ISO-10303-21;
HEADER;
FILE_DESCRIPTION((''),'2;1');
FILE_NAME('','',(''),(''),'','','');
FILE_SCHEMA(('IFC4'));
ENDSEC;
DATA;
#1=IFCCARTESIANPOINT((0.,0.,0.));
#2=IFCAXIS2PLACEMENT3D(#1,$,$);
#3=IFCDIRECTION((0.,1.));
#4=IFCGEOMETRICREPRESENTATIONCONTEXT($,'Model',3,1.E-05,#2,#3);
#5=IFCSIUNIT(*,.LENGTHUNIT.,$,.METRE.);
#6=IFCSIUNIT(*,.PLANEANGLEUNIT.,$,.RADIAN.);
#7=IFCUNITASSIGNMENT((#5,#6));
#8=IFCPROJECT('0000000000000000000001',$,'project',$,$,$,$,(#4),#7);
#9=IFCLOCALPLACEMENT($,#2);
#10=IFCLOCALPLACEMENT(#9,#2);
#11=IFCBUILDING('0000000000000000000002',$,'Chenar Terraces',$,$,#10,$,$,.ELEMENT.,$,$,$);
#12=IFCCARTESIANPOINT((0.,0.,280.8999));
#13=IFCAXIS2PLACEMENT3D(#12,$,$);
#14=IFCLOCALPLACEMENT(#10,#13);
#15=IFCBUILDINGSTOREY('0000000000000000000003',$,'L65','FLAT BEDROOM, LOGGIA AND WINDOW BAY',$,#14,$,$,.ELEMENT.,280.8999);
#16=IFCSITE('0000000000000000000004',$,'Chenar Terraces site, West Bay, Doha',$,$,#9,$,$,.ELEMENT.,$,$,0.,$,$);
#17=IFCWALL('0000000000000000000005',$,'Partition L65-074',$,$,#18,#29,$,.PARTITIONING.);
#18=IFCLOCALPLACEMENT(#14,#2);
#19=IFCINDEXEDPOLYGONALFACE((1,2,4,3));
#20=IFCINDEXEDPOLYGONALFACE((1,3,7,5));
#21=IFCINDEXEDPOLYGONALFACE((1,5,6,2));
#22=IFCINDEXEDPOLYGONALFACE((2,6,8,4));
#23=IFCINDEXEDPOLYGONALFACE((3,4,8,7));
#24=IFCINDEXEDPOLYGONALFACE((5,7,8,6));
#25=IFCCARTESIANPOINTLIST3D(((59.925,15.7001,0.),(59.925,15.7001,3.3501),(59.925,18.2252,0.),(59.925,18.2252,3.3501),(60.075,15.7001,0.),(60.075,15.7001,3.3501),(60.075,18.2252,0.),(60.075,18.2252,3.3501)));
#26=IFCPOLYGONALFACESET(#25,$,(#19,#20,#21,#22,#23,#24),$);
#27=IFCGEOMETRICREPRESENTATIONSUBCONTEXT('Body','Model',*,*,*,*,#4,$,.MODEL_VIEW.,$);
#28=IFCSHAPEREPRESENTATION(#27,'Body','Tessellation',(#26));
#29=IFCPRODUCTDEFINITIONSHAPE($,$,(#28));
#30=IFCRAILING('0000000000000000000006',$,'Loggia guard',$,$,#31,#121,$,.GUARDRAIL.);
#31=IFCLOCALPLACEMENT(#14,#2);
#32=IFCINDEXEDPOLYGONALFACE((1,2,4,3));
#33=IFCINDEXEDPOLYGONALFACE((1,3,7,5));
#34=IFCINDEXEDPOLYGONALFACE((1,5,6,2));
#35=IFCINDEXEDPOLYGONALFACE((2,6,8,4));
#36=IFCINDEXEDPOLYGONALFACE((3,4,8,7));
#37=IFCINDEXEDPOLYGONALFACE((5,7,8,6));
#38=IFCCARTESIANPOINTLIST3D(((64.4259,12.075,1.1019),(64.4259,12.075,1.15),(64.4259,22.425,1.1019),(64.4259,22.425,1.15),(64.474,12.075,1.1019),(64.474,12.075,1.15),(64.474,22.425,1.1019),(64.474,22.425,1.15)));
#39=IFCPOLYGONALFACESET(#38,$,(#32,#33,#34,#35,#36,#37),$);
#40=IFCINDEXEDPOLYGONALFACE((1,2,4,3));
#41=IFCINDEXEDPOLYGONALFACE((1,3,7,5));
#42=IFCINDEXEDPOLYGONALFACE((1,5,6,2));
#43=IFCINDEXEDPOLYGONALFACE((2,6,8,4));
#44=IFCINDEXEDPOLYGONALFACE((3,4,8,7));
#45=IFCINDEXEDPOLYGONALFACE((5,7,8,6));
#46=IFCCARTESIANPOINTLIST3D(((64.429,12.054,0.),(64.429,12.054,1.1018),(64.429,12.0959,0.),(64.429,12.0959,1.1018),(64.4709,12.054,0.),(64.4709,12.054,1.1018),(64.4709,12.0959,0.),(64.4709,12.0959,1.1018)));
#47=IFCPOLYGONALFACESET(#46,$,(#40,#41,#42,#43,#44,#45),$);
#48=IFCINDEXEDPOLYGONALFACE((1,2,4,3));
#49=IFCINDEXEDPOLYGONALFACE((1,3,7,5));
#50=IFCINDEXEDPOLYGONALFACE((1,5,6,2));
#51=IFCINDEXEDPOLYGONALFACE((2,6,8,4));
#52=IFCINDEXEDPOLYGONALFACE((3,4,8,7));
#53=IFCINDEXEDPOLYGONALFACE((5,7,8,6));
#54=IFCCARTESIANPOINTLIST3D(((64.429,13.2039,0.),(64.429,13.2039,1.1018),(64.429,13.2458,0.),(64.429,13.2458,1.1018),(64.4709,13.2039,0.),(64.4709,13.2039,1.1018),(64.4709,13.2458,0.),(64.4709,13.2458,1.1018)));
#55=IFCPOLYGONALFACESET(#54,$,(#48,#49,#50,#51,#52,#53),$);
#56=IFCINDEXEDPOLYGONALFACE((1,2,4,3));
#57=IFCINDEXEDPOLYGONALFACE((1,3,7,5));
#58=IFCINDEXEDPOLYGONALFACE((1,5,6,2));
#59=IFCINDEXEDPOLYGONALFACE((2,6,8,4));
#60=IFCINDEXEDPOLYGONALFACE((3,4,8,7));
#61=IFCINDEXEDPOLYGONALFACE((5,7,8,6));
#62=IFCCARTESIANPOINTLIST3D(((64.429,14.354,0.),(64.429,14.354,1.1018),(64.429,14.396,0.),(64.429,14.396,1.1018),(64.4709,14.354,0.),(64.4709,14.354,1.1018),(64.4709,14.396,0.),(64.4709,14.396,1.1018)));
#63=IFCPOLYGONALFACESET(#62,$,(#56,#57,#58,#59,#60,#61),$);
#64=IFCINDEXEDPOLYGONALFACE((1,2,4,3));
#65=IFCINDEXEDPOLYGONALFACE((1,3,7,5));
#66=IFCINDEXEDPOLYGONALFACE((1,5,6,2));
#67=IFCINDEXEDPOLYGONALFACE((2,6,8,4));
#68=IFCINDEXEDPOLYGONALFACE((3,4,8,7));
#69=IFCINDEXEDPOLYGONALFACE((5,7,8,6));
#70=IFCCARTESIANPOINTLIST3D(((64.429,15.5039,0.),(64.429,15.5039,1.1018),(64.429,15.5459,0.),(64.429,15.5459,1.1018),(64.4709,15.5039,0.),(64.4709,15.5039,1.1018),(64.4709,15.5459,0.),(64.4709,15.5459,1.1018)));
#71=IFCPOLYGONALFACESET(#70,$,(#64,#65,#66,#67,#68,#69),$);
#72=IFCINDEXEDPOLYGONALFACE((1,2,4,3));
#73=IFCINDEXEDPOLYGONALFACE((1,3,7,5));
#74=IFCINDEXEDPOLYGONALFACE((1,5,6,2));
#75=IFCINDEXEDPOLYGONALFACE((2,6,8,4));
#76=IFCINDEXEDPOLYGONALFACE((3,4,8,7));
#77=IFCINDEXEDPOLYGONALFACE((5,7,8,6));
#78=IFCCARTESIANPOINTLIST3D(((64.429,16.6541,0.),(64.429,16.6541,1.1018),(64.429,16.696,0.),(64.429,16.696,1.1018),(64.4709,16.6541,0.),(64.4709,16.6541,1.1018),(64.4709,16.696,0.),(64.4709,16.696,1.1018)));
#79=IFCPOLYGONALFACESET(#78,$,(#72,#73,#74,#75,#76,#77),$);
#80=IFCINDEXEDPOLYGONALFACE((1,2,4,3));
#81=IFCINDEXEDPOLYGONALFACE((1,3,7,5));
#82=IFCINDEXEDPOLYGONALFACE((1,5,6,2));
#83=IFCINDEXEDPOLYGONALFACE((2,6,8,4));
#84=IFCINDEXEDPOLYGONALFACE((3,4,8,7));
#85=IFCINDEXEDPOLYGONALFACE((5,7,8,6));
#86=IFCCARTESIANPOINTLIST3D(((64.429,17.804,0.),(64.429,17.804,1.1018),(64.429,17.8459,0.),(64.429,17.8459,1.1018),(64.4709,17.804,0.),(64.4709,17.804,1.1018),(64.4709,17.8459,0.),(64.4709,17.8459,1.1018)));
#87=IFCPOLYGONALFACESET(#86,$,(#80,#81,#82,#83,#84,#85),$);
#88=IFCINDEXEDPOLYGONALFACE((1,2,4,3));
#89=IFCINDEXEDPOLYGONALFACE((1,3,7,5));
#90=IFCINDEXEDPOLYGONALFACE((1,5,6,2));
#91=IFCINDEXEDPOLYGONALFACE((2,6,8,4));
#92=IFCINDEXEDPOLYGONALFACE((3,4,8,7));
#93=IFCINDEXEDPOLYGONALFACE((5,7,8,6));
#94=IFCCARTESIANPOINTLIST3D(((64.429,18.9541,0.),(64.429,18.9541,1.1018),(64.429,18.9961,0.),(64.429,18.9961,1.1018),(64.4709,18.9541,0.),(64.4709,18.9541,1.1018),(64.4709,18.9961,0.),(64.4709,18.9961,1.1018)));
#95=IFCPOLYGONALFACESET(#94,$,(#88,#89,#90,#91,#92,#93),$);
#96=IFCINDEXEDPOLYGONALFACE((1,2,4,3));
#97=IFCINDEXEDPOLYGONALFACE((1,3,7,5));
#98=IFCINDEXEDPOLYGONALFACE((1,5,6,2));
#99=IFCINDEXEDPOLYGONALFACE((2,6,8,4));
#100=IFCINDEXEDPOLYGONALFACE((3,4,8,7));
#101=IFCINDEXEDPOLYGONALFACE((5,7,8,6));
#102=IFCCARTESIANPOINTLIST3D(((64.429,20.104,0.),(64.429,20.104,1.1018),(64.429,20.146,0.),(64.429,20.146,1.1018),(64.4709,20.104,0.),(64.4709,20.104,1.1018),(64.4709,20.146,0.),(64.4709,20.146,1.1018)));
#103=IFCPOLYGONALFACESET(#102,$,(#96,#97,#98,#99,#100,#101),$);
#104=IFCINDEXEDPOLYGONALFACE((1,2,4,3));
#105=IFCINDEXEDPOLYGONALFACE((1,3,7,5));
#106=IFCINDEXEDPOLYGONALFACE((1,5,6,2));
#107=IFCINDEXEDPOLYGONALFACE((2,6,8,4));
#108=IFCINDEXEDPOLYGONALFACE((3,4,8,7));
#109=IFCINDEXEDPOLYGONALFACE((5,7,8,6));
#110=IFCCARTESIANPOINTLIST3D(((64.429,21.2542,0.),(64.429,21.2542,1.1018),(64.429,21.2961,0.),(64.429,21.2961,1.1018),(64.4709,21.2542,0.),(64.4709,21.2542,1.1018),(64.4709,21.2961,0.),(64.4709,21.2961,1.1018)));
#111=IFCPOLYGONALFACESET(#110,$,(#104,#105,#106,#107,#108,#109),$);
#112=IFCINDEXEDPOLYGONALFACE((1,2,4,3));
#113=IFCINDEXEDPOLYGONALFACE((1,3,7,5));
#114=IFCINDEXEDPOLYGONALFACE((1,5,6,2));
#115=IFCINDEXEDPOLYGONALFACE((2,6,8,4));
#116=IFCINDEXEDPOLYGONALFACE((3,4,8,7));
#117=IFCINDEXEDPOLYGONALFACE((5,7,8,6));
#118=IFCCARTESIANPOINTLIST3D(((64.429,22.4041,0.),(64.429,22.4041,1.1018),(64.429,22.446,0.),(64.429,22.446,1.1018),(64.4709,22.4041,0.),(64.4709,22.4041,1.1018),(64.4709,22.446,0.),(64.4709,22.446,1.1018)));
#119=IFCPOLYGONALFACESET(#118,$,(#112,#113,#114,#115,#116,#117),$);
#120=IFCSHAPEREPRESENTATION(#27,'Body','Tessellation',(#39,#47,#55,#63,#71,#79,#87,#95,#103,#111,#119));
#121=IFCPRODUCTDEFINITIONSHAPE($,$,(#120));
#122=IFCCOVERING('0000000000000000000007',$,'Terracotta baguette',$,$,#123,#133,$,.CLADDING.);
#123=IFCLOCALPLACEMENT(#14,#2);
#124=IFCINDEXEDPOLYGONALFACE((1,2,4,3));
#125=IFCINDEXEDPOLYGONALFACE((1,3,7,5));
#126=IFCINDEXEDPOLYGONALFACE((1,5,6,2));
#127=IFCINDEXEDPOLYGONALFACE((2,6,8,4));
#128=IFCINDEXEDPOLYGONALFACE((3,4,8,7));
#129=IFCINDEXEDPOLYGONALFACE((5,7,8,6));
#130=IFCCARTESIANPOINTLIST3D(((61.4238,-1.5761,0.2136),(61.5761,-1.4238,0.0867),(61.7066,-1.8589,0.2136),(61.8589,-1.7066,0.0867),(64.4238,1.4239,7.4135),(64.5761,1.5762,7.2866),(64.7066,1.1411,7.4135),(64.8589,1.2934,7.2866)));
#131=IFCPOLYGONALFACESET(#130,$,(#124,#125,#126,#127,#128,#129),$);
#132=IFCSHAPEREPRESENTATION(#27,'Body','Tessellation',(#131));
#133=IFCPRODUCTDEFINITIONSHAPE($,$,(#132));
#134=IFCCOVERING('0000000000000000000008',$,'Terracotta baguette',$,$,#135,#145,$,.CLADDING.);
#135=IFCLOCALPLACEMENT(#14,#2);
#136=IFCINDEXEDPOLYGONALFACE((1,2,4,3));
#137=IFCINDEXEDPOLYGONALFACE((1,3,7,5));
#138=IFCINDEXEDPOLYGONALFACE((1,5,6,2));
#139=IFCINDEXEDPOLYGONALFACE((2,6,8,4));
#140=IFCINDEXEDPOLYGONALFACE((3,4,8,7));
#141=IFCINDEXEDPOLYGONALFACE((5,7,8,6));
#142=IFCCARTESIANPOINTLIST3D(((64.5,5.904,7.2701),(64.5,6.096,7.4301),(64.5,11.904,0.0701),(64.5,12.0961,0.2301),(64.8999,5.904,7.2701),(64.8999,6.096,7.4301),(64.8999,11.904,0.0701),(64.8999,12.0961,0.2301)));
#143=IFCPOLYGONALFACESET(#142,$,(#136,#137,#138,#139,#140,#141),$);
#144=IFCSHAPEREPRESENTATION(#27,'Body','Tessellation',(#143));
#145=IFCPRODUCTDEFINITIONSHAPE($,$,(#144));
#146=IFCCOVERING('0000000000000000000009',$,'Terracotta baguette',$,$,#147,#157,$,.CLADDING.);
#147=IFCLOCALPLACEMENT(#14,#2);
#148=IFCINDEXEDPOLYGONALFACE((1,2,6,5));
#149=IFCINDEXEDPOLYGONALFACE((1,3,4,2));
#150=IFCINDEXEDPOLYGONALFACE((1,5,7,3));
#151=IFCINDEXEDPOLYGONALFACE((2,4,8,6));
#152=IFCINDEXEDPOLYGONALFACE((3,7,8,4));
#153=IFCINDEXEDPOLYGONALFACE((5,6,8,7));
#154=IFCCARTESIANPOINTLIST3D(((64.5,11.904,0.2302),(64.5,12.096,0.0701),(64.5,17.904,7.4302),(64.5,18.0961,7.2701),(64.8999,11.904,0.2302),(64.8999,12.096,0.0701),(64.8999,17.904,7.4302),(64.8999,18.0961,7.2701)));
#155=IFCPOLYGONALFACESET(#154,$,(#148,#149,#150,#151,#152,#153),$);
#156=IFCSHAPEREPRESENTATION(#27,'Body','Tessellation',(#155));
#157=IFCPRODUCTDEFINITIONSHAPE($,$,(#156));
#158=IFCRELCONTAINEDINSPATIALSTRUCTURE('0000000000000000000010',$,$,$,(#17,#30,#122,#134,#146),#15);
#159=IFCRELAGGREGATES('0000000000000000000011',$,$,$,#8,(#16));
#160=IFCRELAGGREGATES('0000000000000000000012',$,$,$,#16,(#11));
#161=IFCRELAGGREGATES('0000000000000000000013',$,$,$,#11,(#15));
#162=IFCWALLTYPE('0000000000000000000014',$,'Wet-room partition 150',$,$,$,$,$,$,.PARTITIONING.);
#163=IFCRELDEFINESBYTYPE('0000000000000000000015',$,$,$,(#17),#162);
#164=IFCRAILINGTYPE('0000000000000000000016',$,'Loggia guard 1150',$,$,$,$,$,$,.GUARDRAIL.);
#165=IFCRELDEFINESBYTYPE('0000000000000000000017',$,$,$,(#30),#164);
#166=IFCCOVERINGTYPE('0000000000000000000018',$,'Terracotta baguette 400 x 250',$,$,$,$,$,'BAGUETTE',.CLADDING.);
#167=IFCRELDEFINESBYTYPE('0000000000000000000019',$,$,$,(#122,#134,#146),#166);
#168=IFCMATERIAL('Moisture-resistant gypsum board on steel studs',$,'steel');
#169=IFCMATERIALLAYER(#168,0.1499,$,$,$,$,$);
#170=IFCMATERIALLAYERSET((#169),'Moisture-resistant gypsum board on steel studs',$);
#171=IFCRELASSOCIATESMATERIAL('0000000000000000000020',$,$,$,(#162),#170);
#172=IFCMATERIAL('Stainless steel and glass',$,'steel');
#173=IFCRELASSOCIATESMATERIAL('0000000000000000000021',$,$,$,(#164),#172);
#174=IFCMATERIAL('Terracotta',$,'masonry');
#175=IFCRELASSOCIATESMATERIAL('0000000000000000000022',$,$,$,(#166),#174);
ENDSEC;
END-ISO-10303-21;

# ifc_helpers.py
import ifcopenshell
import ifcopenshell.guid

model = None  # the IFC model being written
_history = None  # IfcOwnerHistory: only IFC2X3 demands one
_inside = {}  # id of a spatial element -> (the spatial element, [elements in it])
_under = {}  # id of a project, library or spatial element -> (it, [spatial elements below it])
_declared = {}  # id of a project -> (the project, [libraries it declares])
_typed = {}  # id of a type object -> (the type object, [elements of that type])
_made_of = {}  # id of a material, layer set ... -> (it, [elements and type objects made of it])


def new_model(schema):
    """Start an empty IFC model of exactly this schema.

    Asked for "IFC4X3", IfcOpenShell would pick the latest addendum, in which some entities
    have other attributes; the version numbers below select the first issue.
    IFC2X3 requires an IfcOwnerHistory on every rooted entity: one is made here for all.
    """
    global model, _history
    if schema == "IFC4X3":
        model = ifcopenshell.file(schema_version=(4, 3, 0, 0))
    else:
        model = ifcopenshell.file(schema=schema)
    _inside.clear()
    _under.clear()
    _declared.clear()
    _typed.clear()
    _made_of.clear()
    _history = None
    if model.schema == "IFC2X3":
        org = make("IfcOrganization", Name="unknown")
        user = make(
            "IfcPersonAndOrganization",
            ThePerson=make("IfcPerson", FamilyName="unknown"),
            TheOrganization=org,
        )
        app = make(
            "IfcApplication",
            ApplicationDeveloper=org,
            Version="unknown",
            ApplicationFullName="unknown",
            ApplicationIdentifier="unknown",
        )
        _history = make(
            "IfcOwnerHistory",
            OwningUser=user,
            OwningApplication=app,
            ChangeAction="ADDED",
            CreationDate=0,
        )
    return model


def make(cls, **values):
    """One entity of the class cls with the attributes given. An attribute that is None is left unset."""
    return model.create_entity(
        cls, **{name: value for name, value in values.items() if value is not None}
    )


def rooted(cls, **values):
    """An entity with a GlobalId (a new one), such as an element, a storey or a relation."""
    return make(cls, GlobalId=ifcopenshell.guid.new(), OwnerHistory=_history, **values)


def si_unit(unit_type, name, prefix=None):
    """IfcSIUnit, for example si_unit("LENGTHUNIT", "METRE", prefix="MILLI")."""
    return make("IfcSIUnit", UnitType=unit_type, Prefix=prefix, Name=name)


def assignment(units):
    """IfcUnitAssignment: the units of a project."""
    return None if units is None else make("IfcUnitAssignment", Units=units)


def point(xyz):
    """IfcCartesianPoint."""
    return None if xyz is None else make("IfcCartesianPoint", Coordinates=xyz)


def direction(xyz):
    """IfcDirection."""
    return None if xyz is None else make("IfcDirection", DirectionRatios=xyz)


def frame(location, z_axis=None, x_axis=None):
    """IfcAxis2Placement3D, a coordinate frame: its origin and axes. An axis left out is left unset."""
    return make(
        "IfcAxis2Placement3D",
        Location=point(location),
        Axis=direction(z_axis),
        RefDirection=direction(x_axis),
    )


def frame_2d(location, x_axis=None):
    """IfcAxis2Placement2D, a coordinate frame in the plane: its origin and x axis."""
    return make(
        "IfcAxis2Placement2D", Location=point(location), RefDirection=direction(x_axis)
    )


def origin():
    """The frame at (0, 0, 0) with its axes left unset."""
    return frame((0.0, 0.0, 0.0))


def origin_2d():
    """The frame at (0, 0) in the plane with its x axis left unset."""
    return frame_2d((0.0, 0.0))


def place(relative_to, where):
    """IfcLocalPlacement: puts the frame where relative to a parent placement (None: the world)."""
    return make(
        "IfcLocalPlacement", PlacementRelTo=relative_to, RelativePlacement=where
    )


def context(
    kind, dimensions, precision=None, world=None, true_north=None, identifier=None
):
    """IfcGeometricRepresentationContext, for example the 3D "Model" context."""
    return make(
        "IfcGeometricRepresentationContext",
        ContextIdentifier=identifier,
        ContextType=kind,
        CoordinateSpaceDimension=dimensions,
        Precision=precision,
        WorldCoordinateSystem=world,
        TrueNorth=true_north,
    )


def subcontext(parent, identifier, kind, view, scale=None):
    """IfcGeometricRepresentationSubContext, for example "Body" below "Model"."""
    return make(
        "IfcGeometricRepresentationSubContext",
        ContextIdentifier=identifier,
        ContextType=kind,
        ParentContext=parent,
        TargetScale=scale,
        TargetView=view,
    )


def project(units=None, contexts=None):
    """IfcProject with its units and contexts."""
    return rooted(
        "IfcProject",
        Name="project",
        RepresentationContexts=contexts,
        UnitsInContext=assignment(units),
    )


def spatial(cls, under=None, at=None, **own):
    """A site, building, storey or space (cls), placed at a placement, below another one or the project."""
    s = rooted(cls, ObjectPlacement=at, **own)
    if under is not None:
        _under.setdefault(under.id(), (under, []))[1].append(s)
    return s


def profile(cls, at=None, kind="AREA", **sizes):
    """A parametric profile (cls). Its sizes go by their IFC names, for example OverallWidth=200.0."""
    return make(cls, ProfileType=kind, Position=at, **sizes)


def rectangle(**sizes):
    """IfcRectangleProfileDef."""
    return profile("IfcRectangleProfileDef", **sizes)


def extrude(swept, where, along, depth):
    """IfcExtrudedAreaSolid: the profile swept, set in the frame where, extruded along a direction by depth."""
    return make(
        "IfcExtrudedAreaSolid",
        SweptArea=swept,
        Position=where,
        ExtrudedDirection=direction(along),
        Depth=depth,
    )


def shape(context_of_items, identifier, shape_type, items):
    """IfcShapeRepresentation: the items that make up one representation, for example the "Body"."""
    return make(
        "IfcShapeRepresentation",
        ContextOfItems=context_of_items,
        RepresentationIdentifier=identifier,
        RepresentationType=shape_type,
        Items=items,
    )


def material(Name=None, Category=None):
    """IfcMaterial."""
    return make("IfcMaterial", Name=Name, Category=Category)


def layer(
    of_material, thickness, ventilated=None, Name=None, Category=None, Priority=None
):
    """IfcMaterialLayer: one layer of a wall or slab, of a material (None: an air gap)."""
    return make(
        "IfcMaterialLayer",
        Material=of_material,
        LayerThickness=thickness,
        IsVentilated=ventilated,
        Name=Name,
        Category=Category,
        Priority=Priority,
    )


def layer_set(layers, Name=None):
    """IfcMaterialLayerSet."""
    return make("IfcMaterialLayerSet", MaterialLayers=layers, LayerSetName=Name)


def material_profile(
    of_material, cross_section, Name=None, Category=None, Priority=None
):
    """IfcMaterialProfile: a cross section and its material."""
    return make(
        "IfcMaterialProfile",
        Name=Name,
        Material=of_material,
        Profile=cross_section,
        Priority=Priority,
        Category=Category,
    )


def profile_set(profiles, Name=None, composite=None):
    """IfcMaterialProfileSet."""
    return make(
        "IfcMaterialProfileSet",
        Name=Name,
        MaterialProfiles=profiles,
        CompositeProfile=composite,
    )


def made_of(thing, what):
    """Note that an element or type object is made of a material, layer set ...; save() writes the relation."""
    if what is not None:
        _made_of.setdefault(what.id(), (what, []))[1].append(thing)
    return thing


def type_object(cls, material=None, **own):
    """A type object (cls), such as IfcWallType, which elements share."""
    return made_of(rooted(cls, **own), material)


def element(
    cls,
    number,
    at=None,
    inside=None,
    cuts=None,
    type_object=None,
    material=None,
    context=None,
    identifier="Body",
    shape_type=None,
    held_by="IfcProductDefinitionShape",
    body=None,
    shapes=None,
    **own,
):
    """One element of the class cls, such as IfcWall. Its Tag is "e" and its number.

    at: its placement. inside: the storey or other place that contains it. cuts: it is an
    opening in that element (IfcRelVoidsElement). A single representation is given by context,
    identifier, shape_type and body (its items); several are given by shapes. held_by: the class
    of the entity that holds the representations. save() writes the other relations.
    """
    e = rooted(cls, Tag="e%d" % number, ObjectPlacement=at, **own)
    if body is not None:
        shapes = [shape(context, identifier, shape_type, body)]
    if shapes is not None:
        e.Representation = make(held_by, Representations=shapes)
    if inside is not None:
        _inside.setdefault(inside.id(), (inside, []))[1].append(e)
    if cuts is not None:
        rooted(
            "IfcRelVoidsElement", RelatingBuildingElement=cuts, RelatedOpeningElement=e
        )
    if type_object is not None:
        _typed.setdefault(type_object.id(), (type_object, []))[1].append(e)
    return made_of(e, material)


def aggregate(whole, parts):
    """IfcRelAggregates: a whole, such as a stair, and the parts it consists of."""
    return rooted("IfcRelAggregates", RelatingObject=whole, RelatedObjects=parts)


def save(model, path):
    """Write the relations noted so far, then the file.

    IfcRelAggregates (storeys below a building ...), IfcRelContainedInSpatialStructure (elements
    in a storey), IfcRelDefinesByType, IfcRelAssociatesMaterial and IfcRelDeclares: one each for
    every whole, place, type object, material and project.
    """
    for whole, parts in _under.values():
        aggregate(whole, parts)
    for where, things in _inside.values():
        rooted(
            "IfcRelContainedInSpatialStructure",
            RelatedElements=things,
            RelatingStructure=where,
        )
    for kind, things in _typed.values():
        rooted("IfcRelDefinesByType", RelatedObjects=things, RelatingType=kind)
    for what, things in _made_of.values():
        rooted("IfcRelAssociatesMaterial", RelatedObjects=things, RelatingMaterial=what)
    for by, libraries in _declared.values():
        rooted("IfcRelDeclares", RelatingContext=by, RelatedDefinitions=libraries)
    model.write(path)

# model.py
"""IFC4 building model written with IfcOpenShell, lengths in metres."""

from ifc_helpers import new_model, si_unit, direction, frame, frame_2d, origin, origin_2d, place, context, subcontext, project, spatial, rectangle, extrude, material, layer, layer_set, material_profile, profile_set, type_object, element, save


model = new_model("IFC4")

# Units and contexts
model_context = context("Model", 3, precision=1e-05, world=origin(), true_north=direction((0.0, 1.0)))
body_context = subcontext(model_context, "Body", "Model", "MODEL_VIEW")
ifc_project = project(units=[si_unit("LENGTHUNIT", "METRE"), si_unit("PLANEANGLEUNIT", "RADIAN")], contexts=[model_context])

# Site, building, storey
site_placement = place(None, origin())
site = spatial("IfcSite", under=ifc_project, at=site_placement, Name="Chenar Terraces site, West Bay, Doha", CompositionType="ELEMENT", RefElevation=0.0)
building_placement = place(site_placement, origin())
building = spatial("IfcBuilding", under=site, at=building_placement, Name="Chenar Terraces", CompositionType="ELEMENT")
storey_placement = place(building_placement, frame((0.0, 0.0, 280.8999)))
storey = spatial("IfcBuildingStorey", under=building, at=storey_placement, Name="L65", Description="FLAT BEDROOM, LOGGIA AND WINDOW BAY", CompositionType="ELEMENT", Elevation=280.8999)

# Shared definitions
ifc_material_1 = material(Name="Moisture-resistant gypsum board on steel studs", Category="steel")
ifc_layer_1 = layer(ifc_material_1, 0.1499)
ifc_layer_set_1 = layer_set([ifc_layer_1], Name="Moisture-resistant gypsum board on steel studs")
wall_type_1 = type_object("IfcWallType", Name="Wet-room partition 150", PredefinedType="PARTITIONING", material=ifc_layer_set_1)

# Wall
wall_1_placement = place(storey_placement, frame((60.0, 15.7, 0.0), z_axis=(0.0, 0.0, 1.0), x_axis=(0.0, 1.0, 0.0)))
element("IfcWall", 1, at=wall_1_placement, inside=storey, type_object=wall_type_1, Name="Partition L65-074", PredefinedType="PARTITIONING", context=body_context, shape_type="SweptSolid", body=[
    extrude(rectangle(XDim=2.5251, YDim=0.1499, at=frame_2d((1.2627, 0.0))), origin(), (0.0, 0.0, 1.0), 3.3501),
])

# Railing
ifc_material_2 = material(Name="Stainless steel and glass", Category="steel")
railing_type = type_object("IfcRailingType", Name="Loggia guard 1150", PredefinedType="GUARDRAIL", material=ifc_material_2)
railing_placement = place(storey_placement, frame((64.45, 12.075, 0.0)))
element("IfcRailing", 2, at=railing_placement, inside=storey, type_object=railing_type, Name="Loggia guard", PredefinedType="GUARDRAIL", context=body_context, shape_type="SweptSolid", body=[
    extrude(rectangle(XDim=0.0481, YDim=0.0481, at=origin_2d()), frame((0.0, 0.0, 1.126), z_axis=(0.0, 1.0, 0.0), x_axis=(-1.0, 0.0, 0.0)), (0.0, 0.0, 1.0), 10.3501),
    extrude(rectangle(XDim=0.042, YDim=0.042, at=origin_2d()), origin(), (0.0, 0.0, 1.0), 1.1018),
    extrude(rectangle(XDim=0.042, YDim=0.042, at=origin_2d()), frame((0.0, 1.1499, 0.0)), (0.0, 0.0, 1.0), 1.1018),
    extrude(rectangle(XDim=0.042, YDim=0.042, at=origin_2d()), frame((0.0, 2.3, 0.0)), (0.0, 0.0, 1.0), 1.1018),
    extrude(rectangle(XDim=0.042, YDim=0.042, at=origin_2d()), frame((0.0, 3.45, 0.0)), (0.0, 0.0, 1.0), 1.1018),
    extrude(rectangle(XDim=0.042, YDim=0.042, at=origin_2d()), frame((0.0, 4.6001, 0.0)), (0.0, 0.0, 1.0), 1.1018),
    extrude(rectangle(XDim=0.042, YDim=0.042, at=origin_2d()), frame((0.0, 5.75, 0.0)), (0.0, 0.0, 1.0), 1.1018),
    extrude(rectangle(XDim=0.042, YDim=0.042, at=origin_2d()), frame((0.0, 6.9001, 0.0)), (0.0, 0.0, 1.0), 1.1018),
    extrude(rectangle(XDim=0.042, YDim=0.042, at=origin_2d()), frame((0.0, 8.05, 0.0)), (0.0, 0.0, 1.0), 1.1018),
    extrude(rectangle(XDim=0.042, YDim=0.042, at=origin_2d()), frame((0.0, 9.2002, 0.0)), (0.0, 0.0, 1.0), 1.1018),
    extrude(rectangle(XDim=0.042, YDim=0.042, at=origin_2d()), frame((0.0, 10.3501, 0.0)), (0.0, 0.0, 1.0), 1.1018),
])

# Coverings
ifc_material_3 = material(Name="Terracotta", Category="masonry")
ifc_material_profile_1 = material_profile(ifc_material_3, rectangle(XDim=0.3999, YDim=0.25, at=origin_2d()), Name="Terracotta baguette 400 x 250")
ifc_profile_set_1 = profile_set([ifc_material_profile_1], Name="Terracotta")
covering_type = type_object("IfcCoveringType", Name="Terracotta baguette 400 x 250", ElementType="BAGUETTE", PredefinedType="CLADDING", material=ifc_profile_set_1)
covering_placement = place(storey_placement, frame((61.6414, -1.6414, 0.1501), z_axis=(0.358981, 0.358981, 0.861548), x_axis=(-0.707107, 0.707107, 0.0)))
element("IfcCovering", 3, at=covering_placement, inside=storey, type_object=covering_type, Name="Terracotta baguette", PredefinedType="CLADDING", context=body_context, shape_type="SweptSolid", body=[
    extrude(rectangle(XDim=0.3999, YDim=0.25, at=origin_2d()), origin(), (0.0, 0.0, 1.0), 8.3569),
])
for number, where, z_axis, x_axis, name in (
    (4, (64.7, 6.0, 7.3501), (0.0, 0.640187, -0.768219), (-1.0, 0.0, 0.0), "Terracotta baguette"),
    (5, (64.7, 12.0, 0.1501), (0.0, 0.640187, 0.768219), (-1.0, 0.0, 0.0), "Terracotta baguette"),
):
    element("IfcCovering", number, at=place(storey_placement, frame(where, z_axis=z_axis, x_axis=x_axis)), inside=storey, type_object=covering_type, Name=name, PredefinedType="CLADDING", context=body_context, shape_type="SweptSolid", body=[
        extrude(rectangle(XDim=0.3999, YDim=0.25, at=origin_2d()), origin(), (0.0, 0.0, 1.0), 9.3723),
    ])

save(model, "model.ifc")
